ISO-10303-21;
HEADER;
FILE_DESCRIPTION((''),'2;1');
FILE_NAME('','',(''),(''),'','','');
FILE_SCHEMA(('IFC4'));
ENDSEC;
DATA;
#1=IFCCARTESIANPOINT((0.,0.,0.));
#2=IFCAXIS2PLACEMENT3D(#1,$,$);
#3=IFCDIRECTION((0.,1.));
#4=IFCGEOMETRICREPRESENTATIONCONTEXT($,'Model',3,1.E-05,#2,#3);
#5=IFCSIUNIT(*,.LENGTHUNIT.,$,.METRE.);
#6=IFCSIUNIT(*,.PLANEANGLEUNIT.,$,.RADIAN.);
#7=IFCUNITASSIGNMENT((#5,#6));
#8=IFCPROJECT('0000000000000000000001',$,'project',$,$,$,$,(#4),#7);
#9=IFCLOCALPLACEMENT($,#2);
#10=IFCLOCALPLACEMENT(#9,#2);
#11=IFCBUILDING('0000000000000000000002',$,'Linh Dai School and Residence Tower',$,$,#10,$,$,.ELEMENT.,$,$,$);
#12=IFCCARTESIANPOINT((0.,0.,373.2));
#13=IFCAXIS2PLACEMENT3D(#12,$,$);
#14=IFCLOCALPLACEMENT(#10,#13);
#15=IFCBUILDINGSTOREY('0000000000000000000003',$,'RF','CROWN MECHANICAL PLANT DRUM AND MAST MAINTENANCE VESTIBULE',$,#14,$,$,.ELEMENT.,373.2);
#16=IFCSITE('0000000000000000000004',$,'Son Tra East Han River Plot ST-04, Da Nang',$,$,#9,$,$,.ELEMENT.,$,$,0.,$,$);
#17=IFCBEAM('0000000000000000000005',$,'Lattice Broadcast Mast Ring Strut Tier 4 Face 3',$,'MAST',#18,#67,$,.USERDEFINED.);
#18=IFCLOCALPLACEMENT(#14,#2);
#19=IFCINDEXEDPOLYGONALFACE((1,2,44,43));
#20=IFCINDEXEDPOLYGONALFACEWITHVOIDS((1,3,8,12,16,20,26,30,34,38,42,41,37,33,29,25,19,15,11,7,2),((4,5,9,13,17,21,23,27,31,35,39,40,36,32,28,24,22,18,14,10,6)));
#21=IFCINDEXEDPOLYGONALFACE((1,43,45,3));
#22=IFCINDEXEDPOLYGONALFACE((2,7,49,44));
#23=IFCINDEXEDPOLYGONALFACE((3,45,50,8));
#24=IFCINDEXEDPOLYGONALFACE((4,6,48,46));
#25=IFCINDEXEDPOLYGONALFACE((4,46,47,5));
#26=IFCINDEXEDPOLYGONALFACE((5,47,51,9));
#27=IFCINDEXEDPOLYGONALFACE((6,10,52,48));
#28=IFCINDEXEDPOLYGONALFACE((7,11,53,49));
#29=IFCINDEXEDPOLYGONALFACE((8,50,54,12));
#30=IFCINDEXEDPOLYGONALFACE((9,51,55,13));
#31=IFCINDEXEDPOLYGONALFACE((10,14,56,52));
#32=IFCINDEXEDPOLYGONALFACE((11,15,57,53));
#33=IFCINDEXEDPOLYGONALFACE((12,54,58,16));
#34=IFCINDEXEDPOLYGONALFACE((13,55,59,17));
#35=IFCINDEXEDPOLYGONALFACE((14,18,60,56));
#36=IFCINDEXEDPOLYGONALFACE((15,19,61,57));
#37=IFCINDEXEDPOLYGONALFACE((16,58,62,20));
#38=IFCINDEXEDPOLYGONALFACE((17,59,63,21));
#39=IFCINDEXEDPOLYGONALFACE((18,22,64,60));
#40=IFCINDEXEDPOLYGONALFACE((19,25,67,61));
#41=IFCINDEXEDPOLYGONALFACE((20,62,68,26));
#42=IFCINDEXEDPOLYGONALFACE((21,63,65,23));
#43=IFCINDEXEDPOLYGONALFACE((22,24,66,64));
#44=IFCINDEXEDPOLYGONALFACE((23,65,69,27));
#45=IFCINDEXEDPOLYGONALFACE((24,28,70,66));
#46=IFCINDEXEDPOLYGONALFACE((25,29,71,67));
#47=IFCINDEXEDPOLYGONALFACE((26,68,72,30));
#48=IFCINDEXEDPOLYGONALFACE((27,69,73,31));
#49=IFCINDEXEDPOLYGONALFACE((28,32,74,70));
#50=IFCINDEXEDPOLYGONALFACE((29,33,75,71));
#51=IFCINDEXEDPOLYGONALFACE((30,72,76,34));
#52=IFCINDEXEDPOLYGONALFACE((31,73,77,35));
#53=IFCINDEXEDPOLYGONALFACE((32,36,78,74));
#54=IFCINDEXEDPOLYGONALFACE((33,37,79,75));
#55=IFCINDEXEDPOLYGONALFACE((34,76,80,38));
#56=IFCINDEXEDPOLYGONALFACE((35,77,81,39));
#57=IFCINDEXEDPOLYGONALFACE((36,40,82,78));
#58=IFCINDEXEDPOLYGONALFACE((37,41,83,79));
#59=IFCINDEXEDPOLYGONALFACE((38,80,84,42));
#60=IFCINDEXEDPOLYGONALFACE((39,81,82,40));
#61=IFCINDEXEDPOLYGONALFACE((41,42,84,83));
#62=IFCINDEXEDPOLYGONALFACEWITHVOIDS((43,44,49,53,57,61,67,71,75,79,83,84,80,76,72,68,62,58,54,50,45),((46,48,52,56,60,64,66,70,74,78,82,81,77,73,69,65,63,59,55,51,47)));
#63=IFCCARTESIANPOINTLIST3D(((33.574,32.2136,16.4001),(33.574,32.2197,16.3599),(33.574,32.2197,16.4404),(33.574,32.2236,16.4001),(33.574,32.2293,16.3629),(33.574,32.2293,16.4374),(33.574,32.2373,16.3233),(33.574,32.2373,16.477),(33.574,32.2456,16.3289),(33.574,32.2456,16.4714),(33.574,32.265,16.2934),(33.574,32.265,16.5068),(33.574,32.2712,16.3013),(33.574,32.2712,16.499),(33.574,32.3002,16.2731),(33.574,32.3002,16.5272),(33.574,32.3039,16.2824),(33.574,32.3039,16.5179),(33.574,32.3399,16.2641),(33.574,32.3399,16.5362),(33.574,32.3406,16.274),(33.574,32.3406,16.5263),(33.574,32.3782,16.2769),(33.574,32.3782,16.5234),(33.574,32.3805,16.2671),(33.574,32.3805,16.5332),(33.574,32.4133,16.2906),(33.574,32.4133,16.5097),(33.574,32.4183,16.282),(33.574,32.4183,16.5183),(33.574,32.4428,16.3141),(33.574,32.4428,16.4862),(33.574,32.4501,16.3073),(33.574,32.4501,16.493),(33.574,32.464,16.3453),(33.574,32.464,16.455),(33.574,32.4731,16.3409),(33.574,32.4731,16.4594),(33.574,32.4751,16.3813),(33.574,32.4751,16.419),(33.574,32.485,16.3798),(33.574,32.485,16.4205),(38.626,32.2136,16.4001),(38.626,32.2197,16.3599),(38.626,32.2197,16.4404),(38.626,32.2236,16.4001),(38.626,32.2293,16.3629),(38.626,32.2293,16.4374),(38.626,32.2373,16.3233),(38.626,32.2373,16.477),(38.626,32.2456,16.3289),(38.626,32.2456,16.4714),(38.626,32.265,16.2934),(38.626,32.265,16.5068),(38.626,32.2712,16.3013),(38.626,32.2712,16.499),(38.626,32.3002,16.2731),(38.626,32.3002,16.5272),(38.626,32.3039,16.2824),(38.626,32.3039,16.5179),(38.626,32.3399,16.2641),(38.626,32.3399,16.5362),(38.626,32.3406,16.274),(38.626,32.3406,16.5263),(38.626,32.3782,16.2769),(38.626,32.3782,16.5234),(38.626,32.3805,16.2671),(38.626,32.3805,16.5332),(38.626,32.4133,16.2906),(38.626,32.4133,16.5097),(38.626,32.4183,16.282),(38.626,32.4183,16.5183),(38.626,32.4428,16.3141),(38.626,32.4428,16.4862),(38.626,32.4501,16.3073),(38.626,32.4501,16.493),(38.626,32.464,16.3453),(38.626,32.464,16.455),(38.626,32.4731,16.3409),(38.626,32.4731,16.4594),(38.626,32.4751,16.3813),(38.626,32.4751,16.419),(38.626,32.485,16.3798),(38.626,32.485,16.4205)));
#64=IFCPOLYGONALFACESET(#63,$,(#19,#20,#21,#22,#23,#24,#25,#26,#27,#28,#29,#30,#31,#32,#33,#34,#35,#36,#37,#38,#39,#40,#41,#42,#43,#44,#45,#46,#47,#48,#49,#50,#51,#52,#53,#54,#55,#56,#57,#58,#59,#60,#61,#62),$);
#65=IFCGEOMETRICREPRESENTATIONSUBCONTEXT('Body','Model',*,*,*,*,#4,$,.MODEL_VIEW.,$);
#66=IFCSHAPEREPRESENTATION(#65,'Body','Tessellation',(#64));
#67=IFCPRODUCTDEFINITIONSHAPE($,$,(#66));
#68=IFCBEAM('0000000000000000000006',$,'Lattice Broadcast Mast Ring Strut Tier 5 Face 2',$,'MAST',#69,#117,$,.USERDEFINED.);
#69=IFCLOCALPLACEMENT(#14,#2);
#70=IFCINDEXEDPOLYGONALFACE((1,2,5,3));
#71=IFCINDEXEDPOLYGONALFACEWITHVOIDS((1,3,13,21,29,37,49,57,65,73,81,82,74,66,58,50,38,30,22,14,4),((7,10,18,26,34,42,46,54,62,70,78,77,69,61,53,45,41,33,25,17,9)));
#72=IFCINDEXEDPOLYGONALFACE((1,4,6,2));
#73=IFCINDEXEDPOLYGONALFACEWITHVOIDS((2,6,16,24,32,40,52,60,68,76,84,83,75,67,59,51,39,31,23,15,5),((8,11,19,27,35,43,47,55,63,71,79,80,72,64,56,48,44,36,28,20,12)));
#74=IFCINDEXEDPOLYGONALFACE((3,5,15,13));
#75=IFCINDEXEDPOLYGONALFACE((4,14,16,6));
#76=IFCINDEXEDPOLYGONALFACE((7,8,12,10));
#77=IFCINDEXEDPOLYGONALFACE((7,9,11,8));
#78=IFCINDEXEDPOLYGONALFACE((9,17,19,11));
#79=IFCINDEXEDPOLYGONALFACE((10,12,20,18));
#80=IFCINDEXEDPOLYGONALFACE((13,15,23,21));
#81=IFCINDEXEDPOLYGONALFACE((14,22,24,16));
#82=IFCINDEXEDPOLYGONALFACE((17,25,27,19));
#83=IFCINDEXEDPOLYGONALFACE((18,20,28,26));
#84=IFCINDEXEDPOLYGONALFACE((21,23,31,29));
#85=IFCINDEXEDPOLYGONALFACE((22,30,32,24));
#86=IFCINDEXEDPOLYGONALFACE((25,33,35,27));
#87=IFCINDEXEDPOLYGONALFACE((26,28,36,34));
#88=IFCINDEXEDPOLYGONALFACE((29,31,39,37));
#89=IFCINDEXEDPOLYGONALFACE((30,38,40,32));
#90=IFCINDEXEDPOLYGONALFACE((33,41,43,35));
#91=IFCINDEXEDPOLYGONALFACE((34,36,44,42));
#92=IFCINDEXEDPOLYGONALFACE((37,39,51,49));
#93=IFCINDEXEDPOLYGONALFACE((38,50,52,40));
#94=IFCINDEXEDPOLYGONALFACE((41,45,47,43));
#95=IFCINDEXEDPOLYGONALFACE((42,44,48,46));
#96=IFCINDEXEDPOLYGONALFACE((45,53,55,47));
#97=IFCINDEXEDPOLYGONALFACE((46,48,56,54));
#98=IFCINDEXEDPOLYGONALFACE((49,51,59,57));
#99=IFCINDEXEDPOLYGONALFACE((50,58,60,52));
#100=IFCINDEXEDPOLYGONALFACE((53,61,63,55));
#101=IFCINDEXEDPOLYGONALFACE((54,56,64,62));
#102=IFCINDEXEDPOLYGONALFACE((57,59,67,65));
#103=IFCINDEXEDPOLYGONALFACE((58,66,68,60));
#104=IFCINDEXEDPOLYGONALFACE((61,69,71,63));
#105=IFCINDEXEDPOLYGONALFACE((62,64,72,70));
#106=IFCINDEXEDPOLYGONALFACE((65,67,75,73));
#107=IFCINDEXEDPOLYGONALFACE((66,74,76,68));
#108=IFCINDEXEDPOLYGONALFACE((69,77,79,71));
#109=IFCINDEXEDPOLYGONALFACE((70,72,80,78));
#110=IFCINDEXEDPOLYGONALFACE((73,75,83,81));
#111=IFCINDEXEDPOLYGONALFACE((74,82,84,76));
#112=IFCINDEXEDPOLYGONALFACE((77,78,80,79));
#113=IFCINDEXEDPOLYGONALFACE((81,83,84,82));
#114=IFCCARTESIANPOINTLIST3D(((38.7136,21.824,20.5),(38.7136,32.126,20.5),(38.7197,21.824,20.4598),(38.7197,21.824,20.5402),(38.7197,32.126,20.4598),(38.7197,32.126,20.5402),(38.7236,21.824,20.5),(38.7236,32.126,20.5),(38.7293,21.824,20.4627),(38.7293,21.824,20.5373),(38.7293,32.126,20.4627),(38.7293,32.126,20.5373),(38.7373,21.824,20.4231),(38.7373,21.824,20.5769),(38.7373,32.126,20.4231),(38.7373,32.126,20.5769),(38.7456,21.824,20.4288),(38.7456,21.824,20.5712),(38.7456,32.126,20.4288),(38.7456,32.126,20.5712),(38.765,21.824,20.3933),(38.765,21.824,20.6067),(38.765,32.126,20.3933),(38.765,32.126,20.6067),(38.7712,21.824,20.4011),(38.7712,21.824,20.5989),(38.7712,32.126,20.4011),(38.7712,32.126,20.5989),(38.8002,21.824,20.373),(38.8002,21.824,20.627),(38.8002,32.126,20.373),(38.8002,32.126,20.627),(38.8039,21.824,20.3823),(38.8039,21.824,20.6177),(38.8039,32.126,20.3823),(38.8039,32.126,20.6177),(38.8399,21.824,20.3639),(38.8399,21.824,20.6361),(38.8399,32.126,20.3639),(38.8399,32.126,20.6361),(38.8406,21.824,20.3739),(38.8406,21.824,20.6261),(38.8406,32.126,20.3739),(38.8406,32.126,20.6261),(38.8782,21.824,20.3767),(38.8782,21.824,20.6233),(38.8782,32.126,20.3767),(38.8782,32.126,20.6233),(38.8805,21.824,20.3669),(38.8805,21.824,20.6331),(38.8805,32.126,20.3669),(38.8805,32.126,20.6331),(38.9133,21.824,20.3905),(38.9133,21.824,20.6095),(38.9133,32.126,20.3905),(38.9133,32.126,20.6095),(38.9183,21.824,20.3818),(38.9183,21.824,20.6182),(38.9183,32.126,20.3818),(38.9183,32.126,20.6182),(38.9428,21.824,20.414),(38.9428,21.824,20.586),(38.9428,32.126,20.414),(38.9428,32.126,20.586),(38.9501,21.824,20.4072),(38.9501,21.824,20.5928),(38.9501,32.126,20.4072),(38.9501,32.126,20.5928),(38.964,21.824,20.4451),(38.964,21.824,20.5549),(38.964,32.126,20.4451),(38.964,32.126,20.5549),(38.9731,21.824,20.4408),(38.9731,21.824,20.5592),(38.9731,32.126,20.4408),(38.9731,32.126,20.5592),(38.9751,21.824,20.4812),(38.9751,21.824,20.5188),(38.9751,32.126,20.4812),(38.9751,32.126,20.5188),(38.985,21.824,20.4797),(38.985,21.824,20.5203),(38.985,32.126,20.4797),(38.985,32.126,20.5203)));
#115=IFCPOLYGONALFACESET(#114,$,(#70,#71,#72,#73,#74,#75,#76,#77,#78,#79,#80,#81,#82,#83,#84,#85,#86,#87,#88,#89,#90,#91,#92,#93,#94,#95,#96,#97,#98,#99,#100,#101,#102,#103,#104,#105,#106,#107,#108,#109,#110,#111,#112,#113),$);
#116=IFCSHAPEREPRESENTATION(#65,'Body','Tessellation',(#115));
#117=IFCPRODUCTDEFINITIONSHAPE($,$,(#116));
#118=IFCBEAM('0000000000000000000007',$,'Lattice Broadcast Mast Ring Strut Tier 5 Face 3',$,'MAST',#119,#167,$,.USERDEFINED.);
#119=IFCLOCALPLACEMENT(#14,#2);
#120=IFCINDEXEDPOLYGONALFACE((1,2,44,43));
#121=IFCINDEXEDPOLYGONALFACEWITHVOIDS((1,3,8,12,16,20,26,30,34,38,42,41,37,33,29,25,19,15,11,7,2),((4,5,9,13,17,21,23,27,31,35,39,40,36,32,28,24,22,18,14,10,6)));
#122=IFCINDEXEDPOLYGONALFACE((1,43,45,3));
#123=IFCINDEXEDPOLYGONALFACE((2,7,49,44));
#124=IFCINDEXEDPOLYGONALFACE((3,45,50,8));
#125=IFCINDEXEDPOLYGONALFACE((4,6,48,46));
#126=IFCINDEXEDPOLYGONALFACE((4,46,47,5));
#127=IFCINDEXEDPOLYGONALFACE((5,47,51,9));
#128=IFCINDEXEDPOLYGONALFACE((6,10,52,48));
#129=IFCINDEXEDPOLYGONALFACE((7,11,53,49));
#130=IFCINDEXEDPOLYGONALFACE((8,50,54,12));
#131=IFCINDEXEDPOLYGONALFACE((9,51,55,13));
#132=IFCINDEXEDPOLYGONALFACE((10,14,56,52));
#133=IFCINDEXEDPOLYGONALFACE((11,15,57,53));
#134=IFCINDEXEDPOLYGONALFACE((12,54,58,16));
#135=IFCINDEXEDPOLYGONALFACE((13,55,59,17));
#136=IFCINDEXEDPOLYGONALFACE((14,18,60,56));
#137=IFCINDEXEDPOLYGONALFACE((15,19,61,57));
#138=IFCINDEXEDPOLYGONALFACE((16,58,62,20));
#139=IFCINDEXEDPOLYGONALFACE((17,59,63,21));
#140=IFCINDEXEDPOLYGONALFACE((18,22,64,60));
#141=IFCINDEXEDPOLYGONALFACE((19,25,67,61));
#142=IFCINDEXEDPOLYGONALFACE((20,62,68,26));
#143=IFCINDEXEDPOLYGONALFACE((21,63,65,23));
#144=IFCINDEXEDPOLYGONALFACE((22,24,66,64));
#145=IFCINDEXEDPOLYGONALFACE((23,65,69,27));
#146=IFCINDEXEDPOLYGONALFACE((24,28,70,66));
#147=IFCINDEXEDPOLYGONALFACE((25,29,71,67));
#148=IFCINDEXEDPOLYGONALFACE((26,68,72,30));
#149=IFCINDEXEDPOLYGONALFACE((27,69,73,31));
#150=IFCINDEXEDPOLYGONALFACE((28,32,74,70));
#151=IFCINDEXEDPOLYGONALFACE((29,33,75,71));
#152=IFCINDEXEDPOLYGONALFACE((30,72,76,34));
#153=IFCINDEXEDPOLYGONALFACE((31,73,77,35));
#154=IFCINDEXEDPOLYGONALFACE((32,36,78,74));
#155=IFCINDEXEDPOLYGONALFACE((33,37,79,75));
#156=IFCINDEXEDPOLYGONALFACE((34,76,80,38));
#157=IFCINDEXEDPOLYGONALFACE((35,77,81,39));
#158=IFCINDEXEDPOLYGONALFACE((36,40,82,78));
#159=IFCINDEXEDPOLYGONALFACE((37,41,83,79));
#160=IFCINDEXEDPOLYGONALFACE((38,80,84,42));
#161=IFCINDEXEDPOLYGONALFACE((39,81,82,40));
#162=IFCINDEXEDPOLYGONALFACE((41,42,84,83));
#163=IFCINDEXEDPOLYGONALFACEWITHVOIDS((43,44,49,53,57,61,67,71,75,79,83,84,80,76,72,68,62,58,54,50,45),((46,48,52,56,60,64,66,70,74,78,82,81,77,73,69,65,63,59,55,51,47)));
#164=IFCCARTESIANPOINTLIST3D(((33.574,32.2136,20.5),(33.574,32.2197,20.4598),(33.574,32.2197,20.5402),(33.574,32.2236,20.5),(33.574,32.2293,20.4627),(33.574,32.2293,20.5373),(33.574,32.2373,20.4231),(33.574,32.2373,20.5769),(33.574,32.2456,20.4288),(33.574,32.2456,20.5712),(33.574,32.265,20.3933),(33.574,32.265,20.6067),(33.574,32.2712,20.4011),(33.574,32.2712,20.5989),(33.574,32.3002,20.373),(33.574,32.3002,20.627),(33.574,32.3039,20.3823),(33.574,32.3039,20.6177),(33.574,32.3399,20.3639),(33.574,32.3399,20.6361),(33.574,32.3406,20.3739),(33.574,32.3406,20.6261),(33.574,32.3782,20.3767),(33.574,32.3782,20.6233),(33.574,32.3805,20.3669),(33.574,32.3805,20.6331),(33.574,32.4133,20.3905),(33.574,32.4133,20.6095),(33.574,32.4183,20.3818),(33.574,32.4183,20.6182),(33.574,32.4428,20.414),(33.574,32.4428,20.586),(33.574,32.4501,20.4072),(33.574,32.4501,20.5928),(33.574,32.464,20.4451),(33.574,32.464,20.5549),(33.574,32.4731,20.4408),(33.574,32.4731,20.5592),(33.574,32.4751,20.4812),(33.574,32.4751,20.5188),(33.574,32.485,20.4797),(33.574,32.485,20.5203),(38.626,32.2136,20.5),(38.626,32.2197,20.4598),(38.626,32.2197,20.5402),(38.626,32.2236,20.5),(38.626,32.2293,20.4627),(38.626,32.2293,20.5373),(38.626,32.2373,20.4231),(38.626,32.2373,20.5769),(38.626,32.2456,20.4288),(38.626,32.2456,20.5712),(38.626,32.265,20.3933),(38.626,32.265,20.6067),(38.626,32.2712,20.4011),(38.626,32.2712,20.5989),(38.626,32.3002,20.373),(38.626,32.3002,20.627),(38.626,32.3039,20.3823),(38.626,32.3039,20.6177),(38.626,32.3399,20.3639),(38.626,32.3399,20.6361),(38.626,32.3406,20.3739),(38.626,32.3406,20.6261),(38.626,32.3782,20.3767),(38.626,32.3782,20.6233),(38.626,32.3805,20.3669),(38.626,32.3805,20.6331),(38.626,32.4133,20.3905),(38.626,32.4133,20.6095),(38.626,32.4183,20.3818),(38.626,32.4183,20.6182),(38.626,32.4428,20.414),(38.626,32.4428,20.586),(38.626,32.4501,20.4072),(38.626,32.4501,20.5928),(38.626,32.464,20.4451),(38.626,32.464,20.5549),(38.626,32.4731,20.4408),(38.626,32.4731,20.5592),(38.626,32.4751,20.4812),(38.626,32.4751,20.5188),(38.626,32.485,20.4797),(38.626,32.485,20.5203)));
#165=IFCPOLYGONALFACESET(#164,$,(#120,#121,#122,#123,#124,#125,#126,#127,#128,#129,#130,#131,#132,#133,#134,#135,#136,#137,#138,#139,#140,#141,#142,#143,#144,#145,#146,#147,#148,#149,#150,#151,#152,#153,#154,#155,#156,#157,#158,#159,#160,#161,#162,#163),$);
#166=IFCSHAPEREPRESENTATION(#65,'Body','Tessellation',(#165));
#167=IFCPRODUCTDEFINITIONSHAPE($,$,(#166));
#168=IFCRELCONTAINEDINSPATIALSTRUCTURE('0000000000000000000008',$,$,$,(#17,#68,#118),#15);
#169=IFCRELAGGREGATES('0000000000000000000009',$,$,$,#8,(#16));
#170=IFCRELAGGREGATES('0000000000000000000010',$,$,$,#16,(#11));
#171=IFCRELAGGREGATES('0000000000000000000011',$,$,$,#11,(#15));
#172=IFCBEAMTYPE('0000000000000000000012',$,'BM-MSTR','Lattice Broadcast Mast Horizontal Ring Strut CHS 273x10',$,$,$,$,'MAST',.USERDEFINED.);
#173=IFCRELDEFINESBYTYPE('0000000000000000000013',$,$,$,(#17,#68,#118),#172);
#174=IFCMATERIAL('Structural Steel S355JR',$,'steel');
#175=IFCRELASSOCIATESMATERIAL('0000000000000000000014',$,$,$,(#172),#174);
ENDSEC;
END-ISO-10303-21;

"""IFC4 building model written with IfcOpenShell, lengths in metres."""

from ifc_helpers import new_model, si_unit, direction, frame, origin, origin_2d, place, context, subcontext, project, spatial, hollow_circle, extrude, material, material_profile, profile_set, type_object, element, save


model = new_model("IFC4")

# Units and contexts
model_context = context("Model", 3, precision=1e-05, world=origin(), true_north=direction((0.0, 1.0)))
body_context = subcontext(model_context, "Body", "Model", "MODEL_VIEW")
ifc_project = project(units=[si_unit("LENGTHUNIT", "METRE"), si_unit("PLANEANGLEUNIT", "RADIAN")], contexts=[model_context])

# Site, building, storey
site_placement = place(None, origin())
site = spatial("IfcSite", under=ifc_project, at=site_placement, Name="Son Tra East Han River Plot ST-04, Da Nang", CompositionType="ELEMENT", RefElevation=0.0)
building_placement = place(site_placement, origin())
building = spatial("IfcBuilding", under=site, at=building_placement, Name="Linh Dai School and Residence Tower", CompositionType="ELEMENT")
storey_placement = place(building_placement, frame((0.0, 0.0, 373.2)))
storey = spatial("IfcBuildingStorey", under=building, at=storey_placement, Name="RF", Description="CROWN MECHANICAL PLANT DRUM AND MAST MAINTENANCE VESTIBULE", CompositionType="ELEMENT", Elevation=373.2)

# Beams
ifc_material = material(Name="Structural Steel S355JR", Category="steel")
ifc_material_profile_1 = material_profile(ifc_material, hollow_circle(Radius=0.1365, WallThickness=0.01, at=origin_2d()), Name="CHS 273x10")
ifc_profile_set_1 = profile_set([ifc_material_profile_1], Name="Structural Steel S355JR")
beam_type = type_object("IfcBeamType", Name="BM-MSTR", Description="Lattice Broadcast Mast Horizontal Ring Strut CHS 273x10", ElementType="MAST", PredefinedType="USERDEFINED", material=ifc_profile_set_1)
beam_1_placement = place(storey_placement, frame((38.626, 32.3501, 16.4001), z_axis=(-1.0, 0.0, 0.0), x_axis=(0.0, -1.0, 0.0)))
element("IfcBeam", 1, at=beam_1_placement, inside=storey, type_object=beam_type, Name="Lattice Broadcast Mast Ring Strut Tier 4 Face 3", ObjectType="MAST", PredefinedType="USERDEFINED", context=body_context, shape_type="SweptSolid", body=[
    extrude(hollow_circle(Radius=0.1365, WallThickness=0.01, at=origin_2d()), origin(), (0.0, 0.0, 1.0), 5.052),
])
beam_2_placement = place(storey_placement, frame((38.8501, 21.824, 20.5), z_axis=(0.0, 1.0, 0.0), x_axis=(-1.0, 0.0, 0.0)))
element("IfcBeam", 2, at=beam_2_placement, inside=storey, type_object=beam_type, Name="Lattice Broadcast Mast Ring Strut Tier 5 Face 2", ObjectType="MAST", PredefinedType="USERDEFINED", context=body_context, shape_type="SweptSolid", body=[
    extrude(hollow_circle(Radius=0.1365, WallThickness=0.01, at=origin_2d()), origin(), (0.0, 0.0, 1.0), 10.302),
])
beam_3_placement = place(storey_placement, frame((38.626, 32.3501, 20.5), z_axis=(-1.0, 0.0, 0.0), x_axis=(0.0, -1.0, 0.0)))
element("IfcBeam", 3, at=beam_3_placement, inside=storey, type_object=beam_type, Name="Lattice Broadcast Mast Ring Strut Tier 5 Face 3", ObjectType="MAST", PredefinedType="USERDEFINED", context=body_context, shape_type="SweptSolid", body=[
    extrude(hollow_circle(Radius=0.1365, WallThickness=0.01, at=origin_2d()), origin(), (0.0, 0.0, 1.0), 5.052),
])

save(model, "model.ifc")
